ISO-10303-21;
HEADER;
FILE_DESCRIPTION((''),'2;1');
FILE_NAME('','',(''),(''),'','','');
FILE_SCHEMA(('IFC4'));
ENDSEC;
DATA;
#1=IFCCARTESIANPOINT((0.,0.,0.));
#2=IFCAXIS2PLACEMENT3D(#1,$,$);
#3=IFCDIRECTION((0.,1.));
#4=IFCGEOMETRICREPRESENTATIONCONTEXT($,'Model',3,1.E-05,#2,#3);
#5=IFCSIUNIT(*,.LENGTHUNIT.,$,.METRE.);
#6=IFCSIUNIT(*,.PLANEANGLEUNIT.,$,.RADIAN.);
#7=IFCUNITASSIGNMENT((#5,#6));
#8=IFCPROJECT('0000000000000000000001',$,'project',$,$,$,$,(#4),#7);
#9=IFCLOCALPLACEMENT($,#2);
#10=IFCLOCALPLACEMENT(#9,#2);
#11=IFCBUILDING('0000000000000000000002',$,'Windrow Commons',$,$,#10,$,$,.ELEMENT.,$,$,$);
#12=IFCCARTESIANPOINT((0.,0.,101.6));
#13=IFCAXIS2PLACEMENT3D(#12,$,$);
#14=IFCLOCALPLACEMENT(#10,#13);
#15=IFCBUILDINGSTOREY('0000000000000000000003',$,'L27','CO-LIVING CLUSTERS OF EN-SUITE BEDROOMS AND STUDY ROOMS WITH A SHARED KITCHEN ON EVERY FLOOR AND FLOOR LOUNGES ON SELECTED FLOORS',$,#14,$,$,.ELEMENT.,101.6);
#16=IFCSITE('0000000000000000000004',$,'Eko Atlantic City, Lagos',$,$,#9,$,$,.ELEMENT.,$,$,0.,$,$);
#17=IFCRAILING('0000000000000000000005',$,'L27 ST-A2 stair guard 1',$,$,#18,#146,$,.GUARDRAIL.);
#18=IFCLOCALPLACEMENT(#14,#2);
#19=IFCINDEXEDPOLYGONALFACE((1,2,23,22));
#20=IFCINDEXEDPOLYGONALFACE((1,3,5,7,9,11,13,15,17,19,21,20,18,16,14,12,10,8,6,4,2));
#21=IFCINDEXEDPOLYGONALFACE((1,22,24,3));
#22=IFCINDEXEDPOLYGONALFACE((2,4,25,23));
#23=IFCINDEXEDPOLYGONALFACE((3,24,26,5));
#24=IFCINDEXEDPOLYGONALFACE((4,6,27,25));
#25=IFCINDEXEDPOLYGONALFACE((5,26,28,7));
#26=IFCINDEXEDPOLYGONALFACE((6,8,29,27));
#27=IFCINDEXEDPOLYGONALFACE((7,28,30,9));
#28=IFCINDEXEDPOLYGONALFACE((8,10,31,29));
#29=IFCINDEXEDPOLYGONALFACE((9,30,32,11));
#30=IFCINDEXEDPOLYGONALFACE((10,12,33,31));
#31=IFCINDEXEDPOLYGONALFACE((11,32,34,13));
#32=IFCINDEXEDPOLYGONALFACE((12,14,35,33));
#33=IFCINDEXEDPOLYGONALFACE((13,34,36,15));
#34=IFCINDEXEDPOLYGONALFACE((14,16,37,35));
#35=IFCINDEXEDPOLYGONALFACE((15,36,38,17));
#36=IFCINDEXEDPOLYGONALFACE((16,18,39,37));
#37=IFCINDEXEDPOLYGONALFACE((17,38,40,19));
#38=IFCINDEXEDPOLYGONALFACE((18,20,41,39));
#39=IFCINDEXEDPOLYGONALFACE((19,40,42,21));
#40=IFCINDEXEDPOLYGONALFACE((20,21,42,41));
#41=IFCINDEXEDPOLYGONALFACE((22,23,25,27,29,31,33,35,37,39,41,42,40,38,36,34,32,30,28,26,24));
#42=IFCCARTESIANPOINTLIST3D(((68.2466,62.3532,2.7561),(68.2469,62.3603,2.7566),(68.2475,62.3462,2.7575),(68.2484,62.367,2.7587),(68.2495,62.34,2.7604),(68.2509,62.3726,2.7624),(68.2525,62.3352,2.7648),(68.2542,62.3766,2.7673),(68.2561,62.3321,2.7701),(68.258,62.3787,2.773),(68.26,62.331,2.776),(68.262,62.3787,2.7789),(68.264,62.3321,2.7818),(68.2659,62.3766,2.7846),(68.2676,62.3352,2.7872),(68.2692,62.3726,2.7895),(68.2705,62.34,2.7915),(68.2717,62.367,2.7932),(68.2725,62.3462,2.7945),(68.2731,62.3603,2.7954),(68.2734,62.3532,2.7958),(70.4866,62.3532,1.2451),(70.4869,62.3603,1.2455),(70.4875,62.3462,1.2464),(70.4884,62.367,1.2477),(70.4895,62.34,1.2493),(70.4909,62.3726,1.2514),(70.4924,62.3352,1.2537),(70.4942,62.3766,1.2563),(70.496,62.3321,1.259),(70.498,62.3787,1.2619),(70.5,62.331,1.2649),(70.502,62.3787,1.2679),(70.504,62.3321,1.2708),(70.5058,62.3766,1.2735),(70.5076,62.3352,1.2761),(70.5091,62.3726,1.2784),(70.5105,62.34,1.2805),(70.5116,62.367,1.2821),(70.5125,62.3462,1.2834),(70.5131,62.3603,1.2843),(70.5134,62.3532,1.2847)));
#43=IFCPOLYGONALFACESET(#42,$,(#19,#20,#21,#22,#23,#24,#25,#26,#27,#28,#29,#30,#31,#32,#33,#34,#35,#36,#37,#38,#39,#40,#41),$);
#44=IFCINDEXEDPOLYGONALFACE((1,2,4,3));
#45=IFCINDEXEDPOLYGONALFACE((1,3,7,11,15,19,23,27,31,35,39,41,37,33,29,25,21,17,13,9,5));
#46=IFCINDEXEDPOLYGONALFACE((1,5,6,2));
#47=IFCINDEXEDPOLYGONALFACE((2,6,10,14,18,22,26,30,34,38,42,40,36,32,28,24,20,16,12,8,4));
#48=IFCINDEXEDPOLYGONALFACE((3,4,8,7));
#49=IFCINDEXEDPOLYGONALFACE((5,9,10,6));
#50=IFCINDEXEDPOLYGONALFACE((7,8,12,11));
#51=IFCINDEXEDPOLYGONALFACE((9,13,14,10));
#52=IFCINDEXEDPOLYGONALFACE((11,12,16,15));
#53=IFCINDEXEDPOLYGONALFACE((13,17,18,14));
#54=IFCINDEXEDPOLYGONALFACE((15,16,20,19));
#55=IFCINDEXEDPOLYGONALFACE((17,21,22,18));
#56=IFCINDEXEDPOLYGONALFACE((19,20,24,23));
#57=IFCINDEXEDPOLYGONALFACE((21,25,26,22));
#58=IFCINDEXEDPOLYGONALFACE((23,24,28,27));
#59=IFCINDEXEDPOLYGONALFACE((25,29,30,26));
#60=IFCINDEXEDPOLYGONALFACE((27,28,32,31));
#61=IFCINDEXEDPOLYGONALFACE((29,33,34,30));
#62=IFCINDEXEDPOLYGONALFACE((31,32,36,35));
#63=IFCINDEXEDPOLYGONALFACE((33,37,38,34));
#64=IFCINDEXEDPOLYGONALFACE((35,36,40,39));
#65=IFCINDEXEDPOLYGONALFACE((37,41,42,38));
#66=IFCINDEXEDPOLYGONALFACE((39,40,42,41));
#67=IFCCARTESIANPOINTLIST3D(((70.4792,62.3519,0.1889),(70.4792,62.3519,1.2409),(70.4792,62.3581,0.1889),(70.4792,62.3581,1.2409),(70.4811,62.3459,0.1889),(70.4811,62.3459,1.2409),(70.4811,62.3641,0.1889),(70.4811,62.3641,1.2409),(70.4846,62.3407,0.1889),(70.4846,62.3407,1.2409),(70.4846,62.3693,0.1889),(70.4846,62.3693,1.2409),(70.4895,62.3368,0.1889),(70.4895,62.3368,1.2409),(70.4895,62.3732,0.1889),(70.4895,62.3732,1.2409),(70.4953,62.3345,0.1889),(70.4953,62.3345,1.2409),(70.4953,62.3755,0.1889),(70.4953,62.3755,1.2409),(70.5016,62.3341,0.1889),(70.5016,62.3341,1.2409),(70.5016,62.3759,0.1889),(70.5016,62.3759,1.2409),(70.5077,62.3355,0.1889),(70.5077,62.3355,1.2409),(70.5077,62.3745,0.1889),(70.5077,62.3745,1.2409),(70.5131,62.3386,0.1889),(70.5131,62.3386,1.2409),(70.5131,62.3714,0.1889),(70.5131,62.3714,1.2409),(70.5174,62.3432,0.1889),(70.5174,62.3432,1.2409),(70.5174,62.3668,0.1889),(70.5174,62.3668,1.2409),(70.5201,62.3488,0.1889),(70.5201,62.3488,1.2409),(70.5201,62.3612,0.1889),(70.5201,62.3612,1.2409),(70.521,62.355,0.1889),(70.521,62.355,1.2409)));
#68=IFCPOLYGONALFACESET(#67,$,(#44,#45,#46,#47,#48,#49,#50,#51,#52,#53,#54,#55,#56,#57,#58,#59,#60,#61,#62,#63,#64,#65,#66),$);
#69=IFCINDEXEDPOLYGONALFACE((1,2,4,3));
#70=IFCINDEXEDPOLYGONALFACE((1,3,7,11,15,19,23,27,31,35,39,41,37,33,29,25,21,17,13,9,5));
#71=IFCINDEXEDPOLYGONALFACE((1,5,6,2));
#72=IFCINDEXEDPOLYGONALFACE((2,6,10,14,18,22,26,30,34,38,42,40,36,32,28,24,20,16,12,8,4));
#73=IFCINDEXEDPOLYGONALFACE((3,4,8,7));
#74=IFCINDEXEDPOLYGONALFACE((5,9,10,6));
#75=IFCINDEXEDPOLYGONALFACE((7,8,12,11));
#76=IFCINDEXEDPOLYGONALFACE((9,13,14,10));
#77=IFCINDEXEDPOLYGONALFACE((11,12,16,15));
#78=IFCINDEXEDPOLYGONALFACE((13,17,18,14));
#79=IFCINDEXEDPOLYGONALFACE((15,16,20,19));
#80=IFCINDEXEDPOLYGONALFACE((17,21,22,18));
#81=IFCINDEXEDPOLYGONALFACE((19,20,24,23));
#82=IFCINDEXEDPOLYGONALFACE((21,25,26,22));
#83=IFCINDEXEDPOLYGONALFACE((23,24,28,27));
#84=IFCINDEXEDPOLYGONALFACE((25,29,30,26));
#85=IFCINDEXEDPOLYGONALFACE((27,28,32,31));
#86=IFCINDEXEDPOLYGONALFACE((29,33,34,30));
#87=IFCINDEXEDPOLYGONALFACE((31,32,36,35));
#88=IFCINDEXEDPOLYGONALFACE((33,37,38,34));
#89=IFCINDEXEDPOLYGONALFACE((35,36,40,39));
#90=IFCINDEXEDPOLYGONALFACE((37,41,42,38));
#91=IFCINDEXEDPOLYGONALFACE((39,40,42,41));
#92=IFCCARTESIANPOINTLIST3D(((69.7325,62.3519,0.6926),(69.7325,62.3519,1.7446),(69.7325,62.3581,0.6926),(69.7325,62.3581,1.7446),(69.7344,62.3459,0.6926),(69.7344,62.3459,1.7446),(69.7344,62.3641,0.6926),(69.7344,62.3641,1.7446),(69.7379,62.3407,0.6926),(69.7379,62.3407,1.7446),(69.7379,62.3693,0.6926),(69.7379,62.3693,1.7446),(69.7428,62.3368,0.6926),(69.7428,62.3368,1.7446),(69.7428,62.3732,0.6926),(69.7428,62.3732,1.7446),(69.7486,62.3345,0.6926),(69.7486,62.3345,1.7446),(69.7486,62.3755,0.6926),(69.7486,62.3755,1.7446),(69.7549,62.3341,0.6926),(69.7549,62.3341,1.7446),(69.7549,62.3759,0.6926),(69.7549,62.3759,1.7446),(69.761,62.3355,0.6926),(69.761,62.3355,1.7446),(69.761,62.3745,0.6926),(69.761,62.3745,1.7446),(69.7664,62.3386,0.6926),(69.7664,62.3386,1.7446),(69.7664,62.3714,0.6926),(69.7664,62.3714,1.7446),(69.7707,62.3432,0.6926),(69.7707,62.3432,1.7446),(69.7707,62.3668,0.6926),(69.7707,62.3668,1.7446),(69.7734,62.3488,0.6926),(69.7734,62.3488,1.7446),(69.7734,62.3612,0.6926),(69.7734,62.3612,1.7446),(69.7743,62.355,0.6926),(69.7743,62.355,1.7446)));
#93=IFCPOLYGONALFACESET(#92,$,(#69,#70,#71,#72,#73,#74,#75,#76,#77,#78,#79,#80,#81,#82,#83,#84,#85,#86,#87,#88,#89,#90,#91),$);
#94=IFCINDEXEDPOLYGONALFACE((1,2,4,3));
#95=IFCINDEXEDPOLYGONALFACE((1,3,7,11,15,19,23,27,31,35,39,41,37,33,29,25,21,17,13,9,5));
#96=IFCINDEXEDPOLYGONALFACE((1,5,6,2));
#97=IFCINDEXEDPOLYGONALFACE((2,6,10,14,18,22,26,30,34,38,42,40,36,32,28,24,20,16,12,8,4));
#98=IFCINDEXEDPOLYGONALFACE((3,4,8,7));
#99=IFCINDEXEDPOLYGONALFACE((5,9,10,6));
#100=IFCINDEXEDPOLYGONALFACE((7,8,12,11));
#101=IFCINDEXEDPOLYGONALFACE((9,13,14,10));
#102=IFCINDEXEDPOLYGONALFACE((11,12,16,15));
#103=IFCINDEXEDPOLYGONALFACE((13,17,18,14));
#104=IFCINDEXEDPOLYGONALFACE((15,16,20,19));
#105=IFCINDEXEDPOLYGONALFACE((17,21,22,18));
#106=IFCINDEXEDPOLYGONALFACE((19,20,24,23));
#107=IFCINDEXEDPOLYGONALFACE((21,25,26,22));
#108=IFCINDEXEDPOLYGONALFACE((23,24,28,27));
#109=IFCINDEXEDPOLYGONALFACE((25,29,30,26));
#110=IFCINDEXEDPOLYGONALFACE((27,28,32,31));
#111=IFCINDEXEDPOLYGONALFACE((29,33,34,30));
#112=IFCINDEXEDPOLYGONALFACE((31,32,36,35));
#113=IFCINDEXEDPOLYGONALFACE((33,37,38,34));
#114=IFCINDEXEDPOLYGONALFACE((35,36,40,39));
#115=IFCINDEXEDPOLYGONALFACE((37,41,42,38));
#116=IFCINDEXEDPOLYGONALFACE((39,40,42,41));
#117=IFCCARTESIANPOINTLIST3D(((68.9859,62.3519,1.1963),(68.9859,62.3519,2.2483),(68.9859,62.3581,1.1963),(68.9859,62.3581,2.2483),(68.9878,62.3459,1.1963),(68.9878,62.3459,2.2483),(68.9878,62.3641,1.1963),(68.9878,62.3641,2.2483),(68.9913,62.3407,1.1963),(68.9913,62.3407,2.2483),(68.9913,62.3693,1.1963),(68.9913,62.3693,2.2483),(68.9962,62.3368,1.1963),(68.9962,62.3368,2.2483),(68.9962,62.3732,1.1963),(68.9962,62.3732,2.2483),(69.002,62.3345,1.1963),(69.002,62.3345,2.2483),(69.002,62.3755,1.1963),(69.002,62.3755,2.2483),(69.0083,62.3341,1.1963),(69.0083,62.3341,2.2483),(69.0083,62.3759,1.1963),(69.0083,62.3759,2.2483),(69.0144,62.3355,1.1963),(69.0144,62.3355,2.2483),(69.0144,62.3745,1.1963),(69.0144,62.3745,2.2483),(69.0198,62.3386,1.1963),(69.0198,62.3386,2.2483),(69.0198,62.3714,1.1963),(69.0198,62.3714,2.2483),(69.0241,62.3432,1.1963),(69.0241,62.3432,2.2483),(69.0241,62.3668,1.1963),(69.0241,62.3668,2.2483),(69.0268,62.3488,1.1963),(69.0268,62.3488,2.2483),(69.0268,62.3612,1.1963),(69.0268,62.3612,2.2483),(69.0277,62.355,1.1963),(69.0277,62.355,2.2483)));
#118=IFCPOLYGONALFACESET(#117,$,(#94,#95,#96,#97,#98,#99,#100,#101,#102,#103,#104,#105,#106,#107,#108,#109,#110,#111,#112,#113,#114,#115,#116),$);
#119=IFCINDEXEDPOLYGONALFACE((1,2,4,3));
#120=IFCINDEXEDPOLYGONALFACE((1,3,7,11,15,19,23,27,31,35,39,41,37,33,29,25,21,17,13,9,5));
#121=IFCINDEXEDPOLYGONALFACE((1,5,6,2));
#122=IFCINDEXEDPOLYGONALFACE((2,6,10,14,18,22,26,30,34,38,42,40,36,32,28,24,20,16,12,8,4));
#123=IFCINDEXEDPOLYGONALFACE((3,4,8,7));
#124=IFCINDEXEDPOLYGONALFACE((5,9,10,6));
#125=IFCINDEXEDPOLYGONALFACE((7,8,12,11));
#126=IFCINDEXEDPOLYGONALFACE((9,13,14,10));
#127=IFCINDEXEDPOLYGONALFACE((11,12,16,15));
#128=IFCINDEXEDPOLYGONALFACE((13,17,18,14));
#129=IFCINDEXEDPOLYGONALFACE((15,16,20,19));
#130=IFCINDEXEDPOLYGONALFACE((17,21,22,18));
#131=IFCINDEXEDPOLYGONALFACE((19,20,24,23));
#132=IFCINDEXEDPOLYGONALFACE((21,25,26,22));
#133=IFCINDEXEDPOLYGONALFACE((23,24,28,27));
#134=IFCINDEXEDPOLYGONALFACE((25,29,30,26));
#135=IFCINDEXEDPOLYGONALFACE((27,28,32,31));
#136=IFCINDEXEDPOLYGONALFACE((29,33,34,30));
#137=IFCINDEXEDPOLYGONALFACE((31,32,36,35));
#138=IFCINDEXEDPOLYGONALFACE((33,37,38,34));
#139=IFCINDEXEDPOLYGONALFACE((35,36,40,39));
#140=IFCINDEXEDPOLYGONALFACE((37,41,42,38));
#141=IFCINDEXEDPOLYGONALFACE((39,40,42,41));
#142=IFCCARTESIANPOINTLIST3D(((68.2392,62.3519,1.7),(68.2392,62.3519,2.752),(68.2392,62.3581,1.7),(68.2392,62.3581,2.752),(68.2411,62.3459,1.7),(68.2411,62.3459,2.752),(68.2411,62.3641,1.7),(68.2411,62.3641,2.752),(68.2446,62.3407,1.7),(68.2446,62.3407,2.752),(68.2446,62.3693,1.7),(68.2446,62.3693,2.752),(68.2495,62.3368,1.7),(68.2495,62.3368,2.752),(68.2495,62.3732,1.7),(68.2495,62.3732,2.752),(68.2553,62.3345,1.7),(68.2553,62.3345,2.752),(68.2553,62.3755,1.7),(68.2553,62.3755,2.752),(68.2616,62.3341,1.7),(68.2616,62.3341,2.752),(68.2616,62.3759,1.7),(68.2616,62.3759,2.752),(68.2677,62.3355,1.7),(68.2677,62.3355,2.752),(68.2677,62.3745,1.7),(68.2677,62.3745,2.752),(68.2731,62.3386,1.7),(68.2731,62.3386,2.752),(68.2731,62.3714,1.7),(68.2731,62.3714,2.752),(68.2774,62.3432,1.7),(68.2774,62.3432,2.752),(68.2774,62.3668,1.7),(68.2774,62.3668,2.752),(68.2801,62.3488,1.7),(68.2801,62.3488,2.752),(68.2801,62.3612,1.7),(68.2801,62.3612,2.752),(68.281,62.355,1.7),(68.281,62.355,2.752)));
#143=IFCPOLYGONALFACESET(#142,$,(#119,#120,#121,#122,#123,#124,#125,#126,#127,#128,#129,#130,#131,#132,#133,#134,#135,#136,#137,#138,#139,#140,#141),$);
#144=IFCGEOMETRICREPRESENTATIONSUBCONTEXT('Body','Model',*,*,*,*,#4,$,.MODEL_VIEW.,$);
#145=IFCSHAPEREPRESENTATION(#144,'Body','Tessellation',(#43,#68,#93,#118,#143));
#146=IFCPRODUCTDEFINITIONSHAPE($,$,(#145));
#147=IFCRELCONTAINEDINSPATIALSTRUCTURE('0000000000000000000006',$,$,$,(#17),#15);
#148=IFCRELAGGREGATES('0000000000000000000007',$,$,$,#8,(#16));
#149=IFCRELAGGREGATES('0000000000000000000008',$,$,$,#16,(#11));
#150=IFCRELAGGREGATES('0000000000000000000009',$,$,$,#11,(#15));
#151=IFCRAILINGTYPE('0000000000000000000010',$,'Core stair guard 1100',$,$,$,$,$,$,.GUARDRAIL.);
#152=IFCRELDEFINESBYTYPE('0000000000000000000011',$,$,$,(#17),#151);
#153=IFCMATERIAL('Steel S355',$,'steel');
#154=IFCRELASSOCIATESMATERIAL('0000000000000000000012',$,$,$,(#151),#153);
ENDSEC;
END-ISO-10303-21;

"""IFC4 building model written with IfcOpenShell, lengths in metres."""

from ifc_helpers import new_model, si_unit, direction, frame, origin, origin_2d, place, context, subcontext, project, spatial, circle, extrude, material, type_object, element, save


model = new_model("IFC4")

# Units and contexts
model_context = context("Model", 3, precision=1e-05, world=origin(), true_north=direction((0.0, 1.0)))
body_context = subcontext(model_context, "Body", "Model", "MODEL_VIEW")
ifc_project = project(units=[si_unit("LENGTHUNIT", "METRE"), si_unit("PLANEANGLEUNIT", "RADIAN")], contexts=[model_context])

# Site, building, storey
site_placement = place(None, origin())
site = spatial("IfcSite", under=ifc_project, at=site_placement, Name="Eko Atlantic City, Lagos", CompositionType="ELEMENT", RefElevation=0.0)
building_placement = place(site_placement, origin())
building = spatial("IfcBuilding", under=site, at=building_placement, Name="Windrow Commons", CompositionType="ELEMENT")
storey_placement = place(building_placement, frame((0.0, 0.0, 101.6)))
storey = spatial("IfcBuildingStorey", under=building, at=storey_placement, Name="L27", Description="CO-LIVING CLUSTERS OF EN-SUITE BEDROOMS AND STUDY ROOMS WITH A SHARED KITCHEN ON EVERY FLOOR AND FLOOR LOUNGES ON SELECTED FLOORS", CompositionType="ELEMENT", Elevation=101.6)

# Railing
ifc_material_1 = material(Name="Steel S355", Category="steel")
railing_type_1 = type_object("IfcRailingType", Name="Core stair guard 1100", PredefinedType="GUARDRAIL", material=ifc_material_1)
for number, where, name in (
    (1, (70.5, 62.355, 0.1889), "L27 ST-A2 stair guard 1"),
):
    element("IfcRailing", number, at=place(storey_placement, frame(where)), inside=storey, type_object=railing_type_1, Name=name, PredefinedType="GUARDRAIL", context=body_context, shape_type="SweptSolid", body=[
        extrude(circle(Radius=0.024, at=origin_2d()), frame((0.0, 0.0, 1.076), z_axis=(-0.829003, 0.0, 0.559244), x_axis=(0.0, -1.0, 0.0)), (0.0, 0.0, 1.0), 2.702),
        extrude(circle(Radius=0.021, at=origin_2d()), origin(), (0.0, 0.0, 1.0), 1.052),
        extrude(circle(Radius=0.021, at=origin_2d()), frame((-0.7467, 0.0, 0.5037)), (0.0, 0.0, 1.0), 1.052),
        extrude(circle(Radius=0.021, at=origin_2d()), frame((-1.4933, 0.0, 1.0074)), (0.0, 0.0, 1.0), 1.052),
        extrude(circle(Radius=0.021, at=origin_2d()), frame((-2.24, 0.0, 1.5111)), (0.0, 0.0, 1.0), 1.052),
    ])

save(model, "model.ifc")
